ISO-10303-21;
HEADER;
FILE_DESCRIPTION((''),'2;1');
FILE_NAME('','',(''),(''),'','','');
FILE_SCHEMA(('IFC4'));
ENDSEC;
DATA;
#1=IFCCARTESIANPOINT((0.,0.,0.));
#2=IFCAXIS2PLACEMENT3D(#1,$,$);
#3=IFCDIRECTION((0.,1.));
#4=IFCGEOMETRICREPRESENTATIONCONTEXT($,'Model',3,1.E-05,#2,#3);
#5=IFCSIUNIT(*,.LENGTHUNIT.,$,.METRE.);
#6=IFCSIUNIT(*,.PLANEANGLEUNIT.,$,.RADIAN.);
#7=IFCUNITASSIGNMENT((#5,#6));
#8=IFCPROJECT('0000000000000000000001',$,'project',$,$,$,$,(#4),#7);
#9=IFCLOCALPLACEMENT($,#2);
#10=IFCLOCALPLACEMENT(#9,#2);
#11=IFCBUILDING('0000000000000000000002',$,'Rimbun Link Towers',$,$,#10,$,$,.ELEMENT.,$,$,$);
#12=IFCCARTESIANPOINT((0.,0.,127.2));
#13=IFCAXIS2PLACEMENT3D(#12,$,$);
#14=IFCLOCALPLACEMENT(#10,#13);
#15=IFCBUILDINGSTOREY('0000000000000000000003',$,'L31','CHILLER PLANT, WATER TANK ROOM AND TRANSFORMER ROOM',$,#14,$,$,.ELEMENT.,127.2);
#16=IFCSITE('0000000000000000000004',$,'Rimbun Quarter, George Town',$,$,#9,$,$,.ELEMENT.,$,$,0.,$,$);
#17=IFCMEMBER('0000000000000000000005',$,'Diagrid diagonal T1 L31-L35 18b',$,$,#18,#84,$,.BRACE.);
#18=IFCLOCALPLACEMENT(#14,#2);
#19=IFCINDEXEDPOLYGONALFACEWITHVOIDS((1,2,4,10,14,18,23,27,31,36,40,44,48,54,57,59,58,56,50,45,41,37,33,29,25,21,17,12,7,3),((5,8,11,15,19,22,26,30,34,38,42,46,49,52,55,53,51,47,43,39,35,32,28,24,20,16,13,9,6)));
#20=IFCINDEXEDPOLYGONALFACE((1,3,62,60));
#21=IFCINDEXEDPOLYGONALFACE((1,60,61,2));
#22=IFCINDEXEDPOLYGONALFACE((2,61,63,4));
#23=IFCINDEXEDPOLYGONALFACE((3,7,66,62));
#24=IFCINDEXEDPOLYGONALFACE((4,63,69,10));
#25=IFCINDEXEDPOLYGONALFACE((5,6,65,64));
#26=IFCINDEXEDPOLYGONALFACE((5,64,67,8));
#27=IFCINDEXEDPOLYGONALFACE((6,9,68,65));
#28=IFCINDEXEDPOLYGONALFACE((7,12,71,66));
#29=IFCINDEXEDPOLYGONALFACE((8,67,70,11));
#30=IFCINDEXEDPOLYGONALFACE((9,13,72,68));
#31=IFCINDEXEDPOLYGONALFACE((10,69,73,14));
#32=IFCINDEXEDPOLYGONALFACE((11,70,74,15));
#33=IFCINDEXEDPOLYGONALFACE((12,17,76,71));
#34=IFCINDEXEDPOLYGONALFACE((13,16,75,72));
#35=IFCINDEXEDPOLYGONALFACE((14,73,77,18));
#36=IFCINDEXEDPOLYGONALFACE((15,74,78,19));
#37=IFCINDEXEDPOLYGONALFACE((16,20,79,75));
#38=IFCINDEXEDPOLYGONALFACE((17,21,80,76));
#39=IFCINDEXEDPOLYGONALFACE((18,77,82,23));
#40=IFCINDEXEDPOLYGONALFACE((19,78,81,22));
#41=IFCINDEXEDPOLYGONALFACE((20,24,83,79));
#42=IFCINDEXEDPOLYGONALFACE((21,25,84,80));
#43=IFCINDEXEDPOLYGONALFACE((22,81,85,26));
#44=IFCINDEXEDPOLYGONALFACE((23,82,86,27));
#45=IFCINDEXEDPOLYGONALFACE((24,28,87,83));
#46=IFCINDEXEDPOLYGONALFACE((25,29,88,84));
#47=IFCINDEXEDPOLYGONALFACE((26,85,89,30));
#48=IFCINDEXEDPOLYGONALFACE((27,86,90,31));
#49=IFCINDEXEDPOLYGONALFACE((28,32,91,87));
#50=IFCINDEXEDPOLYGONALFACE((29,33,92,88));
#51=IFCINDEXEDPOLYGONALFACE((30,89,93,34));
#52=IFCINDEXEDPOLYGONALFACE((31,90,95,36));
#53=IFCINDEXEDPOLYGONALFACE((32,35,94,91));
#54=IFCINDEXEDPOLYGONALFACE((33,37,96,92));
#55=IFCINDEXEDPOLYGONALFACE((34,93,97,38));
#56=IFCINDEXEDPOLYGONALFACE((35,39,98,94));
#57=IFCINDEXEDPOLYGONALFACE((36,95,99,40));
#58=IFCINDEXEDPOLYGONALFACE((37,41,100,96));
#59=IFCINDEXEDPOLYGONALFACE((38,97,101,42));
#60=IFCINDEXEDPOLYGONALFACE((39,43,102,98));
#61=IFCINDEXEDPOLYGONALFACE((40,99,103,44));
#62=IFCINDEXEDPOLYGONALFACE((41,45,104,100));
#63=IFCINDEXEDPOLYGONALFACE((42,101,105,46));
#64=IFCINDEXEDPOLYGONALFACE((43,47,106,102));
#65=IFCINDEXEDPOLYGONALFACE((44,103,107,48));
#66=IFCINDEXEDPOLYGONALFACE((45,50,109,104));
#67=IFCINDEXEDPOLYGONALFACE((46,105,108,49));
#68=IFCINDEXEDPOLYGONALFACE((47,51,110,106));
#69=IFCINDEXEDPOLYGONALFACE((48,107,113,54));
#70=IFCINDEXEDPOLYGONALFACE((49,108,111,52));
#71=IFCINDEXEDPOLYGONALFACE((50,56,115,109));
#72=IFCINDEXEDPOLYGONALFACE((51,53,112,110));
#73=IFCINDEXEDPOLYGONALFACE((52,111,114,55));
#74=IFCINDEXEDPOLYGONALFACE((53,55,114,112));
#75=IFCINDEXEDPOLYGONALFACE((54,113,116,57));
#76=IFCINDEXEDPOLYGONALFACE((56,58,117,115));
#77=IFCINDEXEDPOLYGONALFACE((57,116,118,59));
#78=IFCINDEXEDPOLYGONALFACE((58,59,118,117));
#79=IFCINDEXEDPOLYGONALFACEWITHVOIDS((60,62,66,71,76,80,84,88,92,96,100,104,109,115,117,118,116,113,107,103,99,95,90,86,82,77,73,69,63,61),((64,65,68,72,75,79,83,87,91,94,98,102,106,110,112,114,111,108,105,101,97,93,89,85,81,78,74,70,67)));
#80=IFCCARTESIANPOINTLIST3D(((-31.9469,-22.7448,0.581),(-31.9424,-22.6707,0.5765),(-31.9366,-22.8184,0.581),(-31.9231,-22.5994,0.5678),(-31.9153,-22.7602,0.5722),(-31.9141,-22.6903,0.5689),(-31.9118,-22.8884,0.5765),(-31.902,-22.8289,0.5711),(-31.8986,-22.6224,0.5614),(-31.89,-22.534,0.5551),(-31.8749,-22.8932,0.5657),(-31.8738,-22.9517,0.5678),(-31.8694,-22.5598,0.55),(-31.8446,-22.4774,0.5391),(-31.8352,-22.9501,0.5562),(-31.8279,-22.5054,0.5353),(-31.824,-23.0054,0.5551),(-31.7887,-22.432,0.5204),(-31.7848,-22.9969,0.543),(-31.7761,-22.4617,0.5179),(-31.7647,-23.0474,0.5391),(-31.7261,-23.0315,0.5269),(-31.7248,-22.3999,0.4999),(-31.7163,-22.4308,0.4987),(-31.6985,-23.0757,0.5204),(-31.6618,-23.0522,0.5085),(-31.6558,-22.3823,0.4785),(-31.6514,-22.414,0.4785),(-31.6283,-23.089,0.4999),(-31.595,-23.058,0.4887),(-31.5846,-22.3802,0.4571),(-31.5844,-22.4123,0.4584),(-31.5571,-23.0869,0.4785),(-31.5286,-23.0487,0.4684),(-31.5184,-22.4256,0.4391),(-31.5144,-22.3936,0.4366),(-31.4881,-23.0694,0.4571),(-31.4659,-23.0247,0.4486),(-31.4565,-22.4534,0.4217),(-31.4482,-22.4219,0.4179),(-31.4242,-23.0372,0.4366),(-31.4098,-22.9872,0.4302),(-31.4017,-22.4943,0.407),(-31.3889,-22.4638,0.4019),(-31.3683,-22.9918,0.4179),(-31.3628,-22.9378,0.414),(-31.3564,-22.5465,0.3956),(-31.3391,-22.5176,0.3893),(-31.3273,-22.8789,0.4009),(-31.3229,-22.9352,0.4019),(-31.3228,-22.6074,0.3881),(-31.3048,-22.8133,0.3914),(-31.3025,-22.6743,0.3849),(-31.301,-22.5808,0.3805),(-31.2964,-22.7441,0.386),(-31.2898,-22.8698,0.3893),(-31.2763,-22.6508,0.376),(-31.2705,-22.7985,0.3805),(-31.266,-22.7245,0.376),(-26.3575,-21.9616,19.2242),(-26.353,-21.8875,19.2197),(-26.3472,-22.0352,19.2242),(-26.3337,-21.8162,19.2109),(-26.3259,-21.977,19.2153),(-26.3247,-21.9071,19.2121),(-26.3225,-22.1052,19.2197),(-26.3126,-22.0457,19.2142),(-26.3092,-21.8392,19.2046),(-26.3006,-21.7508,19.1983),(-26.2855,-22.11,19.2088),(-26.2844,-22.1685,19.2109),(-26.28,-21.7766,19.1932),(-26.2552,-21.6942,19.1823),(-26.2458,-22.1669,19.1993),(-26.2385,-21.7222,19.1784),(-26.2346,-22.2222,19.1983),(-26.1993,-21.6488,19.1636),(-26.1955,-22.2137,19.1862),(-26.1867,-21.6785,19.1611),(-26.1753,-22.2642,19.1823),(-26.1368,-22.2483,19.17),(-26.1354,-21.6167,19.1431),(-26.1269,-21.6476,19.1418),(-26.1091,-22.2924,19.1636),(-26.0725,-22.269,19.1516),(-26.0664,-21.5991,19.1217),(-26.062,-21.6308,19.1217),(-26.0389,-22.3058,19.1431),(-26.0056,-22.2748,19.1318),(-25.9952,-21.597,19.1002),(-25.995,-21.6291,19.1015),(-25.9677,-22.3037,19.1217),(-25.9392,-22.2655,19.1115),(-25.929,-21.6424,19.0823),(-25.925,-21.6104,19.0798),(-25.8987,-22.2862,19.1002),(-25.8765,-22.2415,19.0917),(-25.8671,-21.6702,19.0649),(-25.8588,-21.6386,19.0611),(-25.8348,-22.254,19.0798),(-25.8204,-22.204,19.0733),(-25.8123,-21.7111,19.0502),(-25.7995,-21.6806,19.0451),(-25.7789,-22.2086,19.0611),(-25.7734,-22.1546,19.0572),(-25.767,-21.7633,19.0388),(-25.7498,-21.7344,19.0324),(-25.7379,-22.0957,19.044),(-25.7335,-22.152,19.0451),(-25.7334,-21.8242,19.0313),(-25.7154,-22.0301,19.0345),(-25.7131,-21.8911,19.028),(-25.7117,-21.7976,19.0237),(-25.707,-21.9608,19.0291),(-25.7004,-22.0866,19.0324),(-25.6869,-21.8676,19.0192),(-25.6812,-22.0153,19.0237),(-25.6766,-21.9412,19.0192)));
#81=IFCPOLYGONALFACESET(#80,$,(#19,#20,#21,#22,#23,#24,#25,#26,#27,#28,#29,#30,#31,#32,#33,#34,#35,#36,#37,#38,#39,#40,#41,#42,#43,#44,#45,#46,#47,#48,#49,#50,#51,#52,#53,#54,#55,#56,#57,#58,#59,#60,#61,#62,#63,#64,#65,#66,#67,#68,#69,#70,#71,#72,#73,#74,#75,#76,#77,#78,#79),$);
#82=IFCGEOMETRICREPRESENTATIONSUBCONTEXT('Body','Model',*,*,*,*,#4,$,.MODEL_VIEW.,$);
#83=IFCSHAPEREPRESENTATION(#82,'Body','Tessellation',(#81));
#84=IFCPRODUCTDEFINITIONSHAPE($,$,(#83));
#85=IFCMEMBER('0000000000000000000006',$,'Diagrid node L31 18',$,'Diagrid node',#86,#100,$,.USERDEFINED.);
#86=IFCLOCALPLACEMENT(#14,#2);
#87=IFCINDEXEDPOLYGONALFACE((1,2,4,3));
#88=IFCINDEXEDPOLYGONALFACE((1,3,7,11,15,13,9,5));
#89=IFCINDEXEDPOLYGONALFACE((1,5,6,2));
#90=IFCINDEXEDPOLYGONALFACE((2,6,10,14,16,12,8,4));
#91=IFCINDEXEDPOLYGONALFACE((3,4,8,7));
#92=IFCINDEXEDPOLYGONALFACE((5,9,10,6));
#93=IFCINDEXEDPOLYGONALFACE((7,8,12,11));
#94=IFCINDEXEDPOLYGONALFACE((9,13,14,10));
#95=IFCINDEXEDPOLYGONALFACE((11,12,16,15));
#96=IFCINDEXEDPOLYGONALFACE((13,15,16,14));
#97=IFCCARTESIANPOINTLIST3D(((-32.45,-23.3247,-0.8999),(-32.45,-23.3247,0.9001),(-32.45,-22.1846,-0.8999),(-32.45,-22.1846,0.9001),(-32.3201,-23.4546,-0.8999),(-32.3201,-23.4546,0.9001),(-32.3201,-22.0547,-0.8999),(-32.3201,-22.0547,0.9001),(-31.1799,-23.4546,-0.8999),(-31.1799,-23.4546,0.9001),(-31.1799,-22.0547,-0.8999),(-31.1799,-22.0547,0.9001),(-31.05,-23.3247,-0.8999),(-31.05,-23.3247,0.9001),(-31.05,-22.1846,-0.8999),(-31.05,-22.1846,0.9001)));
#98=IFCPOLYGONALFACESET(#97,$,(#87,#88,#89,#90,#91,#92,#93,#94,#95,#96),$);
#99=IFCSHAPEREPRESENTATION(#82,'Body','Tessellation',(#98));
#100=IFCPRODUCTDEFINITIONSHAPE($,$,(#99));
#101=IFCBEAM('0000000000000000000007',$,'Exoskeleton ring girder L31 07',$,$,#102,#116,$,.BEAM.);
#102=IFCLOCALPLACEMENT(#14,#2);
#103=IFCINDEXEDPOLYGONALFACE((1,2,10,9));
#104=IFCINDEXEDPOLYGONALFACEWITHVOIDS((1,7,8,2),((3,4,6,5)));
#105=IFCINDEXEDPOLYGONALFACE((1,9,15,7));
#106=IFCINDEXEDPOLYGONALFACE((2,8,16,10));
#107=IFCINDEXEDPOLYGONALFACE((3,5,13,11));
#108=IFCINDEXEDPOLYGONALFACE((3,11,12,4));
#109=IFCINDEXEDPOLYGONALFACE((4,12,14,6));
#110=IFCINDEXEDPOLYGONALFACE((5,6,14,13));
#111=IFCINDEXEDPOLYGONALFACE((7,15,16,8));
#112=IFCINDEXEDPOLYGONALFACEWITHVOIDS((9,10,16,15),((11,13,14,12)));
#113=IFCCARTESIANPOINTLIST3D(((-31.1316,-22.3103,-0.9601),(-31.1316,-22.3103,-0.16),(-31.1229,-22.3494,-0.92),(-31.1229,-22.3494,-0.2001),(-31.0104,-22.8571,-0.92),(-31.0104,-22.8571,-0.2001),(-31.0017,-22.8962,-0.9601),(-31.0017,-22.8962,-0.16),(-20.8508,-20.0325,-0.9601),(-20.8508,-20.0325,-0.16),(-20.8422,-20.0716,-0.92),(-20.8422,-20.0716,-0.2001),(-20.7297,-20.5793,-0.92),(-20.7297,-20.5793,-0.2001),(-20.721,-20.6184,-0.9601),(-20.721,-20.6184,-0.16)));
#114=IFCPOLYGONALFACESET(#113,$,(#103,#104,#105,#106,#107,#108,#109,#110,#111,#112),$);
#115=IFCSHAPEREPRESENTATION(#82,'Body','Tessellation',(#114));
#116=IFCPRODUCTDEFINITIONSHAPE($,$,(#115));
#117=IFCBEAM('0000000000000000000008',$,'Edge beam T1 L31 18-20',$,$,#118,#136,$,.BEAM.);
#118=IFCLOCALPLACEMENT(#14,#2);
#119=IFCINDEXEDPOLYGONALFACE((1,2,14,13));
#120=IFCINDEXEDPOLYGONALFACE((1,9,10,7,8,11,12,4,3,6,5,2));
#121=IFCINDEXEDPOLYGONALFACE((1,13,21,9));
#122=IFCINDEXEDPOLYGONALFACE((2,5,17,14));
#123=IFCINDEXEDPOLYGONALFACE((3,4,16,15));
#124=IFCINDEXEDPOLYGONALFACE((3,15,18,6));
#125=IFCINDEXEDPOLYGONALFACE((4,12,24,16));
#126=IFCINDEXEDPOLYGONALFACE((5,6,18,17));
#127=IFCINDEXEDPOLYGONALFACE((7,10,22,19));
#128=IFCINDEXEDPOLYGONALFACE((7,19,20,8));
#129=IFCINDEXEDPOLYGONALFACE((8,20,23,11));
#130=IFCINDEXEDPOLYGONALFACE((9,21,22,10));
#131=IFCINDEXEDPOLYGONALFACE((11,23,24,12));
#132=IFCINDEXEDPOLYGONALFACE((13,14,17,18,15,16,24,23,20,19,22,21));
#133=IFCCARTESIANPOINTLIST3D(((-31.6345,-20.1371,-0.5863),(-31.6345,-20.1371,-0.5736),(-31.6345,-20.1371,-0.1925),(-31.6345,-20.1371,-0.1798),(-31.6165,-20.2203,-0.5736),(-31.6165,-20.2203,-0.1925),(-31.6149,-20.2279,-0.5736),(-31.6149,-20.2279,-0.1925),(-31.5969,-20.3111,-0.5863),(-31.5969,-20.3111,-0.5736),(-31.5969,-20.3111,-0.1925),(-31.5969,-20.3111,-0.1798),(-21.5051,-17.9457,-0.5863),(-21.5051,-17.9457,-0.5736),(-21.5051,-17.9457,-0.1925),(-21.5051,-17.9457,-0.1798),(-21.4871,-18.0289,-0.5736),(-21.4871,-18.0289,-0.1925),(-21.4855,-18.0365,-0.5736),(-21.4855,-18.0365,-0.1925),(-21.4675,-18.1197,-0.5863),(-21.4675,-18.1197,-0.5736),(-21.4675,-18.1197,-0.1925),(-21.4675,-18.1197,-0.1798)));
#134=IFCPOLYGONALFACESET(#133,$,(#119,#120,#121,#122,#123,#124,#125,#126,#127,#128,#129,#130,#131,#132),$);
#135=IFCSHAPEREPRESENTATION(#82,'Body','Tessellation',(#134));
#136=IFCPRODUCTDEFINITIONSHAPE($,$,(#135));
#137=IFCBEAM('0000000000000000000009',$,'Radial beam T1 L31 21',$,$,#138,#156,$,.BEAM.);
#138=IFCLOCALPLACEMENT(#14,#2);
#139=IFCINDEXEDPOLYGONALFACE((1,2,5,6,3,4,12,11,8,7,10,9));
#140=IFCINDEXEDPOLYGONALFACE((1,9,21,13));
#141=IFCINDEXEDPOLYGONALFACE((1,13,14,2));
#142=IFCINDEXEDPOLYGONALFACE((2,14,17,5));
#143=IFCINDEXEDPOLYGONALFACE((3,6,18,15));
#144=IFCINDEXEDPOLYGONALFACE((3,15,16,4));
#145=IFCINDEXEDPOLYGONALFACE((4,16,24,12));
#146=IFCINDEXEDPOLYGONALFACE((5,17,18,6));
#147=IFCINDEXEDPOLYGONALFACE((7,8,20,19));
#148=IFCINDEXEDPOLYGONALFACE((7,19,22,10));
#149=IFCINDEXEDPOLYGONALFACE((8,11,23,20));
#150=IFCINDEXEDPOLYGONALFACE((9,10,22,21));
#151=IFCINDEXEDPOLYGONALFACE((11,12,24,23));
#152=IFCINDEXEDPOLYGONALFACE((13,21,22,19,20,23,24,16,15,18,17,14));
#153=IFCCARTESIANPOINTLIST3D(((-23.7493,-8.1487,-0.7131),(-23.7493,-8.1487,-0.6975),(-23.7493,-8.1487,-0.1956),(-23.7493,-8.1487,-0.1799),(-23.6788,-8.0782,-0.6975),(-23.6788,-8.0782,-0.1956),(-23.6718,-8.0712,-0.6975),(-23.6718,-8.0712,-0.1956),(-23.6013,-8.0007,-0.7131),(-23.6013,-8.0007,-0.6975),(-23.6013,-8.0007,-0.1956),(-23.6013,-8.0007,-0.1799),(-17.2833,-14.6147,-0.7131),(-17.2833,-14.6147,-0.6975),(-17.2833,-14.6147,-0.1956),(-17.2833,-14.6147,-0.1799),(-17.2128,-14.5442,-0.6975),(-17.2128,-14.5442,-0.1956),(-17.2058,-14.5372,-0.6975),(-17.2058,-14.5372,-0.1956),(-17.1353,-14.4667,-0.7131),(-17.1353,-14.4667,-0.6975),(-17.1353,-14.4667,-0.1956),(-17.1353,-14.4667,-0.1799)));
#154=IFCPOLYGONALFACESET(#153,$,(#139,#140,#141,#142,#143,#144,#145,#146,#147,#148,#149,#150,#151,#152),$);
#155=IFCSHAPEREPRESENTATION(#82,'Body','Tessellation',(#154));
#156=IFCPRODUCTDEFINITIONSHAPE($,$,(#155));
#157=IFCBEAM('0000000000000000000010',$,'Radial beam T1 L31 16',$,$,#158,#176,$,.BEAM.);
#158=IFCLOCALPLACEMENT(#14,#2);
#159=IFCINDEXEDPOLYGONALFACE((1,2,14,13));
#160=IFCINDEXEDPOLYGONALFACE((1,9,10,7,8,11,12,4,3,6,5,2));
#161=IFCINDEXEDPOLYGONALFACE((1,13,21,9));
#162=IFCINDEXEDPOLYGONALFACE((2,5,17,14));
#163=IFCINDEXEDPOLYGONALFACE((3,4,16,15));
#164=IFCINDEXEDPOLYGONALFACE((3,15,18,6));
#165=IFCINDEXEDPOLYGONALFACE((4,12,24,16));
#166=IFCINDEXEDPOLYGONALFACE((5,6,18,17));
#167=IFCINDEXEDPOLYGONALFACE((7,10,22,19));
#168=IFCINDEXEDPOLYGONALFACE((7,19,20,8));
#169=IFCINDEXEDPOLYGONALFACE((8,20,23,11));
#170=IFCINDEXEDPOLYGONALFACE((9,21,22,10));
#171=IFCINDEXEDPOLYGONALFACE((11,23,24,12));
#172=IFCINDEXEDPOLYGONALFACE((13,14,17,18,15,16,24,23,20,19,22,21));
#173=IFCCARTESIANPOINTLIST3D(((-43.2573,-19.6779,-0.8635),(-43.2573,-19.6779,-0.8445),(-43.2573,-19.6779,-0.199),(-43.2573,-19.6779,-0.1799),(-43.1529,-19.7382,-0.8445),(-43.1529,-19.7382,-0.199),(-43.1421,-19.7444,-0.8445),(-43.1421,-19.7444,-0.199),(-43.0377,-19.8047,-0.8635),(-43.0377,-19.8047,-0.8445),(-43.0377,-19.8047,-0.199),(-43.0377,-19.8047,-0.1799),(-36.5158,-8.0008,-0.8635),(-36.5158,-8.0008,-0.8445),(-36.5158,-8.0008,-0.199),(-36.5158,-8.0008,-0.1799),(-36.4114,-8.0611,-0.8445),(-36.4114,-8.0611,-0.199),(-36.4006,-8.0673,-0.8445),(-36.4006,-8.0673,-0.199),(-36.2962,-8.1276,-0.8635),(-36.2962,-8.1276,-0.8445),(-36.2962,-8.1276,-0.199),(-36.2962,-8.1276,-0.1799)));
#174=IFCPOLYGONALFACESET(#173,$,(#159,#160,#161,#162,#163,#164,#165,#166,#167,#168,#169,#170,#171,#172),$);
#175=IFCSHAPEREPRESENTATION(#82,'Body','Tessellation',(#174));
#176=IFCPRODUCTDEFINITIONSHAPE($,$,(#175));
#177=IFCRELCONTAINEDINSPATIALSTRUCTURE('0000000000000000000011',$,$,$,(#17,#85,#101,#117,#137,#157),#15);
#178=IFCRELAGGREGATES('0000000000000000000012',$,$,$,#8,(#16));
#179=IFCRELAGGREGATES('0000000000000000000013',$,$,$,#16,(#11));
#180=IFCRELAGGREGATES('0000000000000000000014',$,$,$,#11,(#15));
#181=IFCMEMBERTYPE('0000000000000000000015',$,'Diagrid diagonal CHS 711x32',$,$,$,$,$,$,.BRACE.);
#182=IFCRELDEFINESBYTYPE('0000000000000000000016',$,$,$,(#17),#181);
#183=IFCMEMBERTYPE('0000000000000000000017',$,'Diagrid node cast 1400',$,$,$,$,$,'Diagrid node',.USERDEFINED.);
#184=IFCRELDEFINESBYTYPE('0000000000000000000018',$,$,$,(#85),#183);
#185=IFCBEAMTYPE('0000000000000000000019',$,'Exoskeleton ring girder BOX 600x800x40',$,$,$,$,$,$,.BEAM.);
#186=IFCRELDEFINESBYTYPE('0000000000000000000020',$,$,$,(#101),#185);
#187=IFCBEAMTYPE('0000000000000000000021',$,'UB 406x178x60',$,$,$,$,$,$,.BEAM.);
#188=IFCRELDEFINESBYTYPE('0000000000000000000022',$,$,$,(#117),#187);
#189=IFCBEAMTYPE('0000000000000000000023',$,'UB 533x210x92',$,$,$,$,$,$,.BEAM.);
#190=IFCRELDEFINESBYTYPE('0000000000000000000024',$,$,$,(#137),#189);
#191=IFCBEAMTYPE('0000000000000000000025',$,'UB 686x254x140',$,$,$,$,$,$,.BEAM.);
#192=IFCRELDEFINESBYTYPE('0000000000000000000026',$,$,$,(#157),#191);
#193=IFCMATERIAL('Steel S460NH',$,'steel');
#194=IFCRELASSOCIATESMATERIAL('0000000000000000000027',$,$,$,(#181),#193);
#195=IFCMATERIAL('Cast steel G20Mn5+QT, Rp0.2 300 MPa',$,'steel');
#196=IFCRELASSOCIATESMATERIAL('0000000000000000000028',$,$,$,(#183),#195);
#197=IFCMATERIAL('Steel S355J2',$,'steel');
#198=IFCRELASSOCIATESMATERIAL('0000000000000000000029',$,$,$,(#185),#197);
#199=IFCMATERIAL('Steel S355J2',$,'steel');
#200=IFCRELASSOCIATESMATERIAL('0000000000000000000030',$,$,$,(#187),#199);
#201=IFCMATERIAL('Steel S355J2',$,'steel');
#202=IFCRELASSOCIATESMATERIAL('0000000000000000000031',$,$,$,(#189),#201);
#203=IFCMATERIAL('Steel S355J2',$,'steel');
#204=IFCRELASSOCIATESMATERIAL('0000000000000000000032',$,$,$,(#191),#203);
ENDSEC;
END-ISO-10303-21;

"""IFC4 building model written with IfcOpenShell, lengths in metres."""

from ifc_helpers import new_model, si_unit, direction, frame, origin, origin_2d, place, context, subcontext, project, spatial, polyline, hollow_rectangle, hollow_circle, i_section, outline, extrude, material, material_profile, profile_set, type_object, element, save


model = new_model("IFC4")

# Units and contexts
model_context = context("Model", 3, precision=1e-05, world=origin(), true_north=direction((0.0, 1.0)))
body_context = subcontext(model_context, "Body", "Model", "MODEL_VIEW")
ifc_project = project(units=[si_unit("LENGTHUNIT", "METRE"), si_unit("PLANEANGLEUNIT", "RADIAN")], contexts=[model_context])

# Site, building, storey
site_placement = place(None, origin())
site = spatial("IfcSite", under=ifc_project, at=site_placement, Name="Rimbun Quarter, George Town", CompositionType="ELEMENT", RefElevation=0.0)
building_placement = place(site_placement, origin())
building = spatial("IfcBuilding", under=site, at=building_placement, Name="Rimbun Link Towers", CompositionType="ELEMENT")
storey_placement = place(building_placement, frame((0.0, 0.0, 127.2)))
storey = spatial("IfcBuildingStorey", under=building, at=storey_placement, Name="L31", Description="CHILLER PLANT, WATER TANK ROOM AND TRANSFORMER ROOM", CompositionType="ELEMENT", Elevation=127.2)

# Members
ifc_material_1 = material(Name="Steel S460NH", Category="steel")
ifc_material_profile_1 = material_profile(ifc_material_1, hollow_circle(Radius=0.3557, WallThickness=0.032, at=origin_2d()), Name="Diagrid diagonal CHS 711x32")
ifc_profile_set_1 = profile_set([ifc_material_profile_1], Name="Steel S460NH")
member_type_1 = type_object("IfcMemberType", Name="Diagrid diagonal CHS 711x32", PredefinedType="BRACE", material=ifc_profile_set_1)
for number, where, z_axis, x_axis, name in (
    (1, (-31.6064, -22.7346, 0.4785), (0.286948, 0.040208, 0.957102), (-0.138768, 0.990325, 0.0), "Diagrid diagonal T1 L31-L35 18b"),
):
    element("IfcMember", number, at=place(storey_placement, frame(where, z_axis=z_axis, x_axis=x_axis)), inside=storey, type_object=member_type_1, Name=name, PredefinedType="BRACE", context=body_context, shape_type="SweptSolid", body=[
        extrude(hollow_circle(Radius=0.3557, WallThickness=0.032, at=origin_2d()), origin(), (0.0, 0.0, 1.0), 19.4788),
    ])
ifc_material_2 = material(Name="Cast steel G20Mn5+QT, Rp0.2 300 MPa", Category="steel")
ifc_material_profile_2 = material_profile(ifc_material_2, outline(polyline([(0.7, -0.5701), (0.7, 0.5701), (0.5701, 0.7), (-0.5701, 0.7), (-0.7, 0.5701), (-0.7, -0.5701), (-0.5701, -0.7), (0.5701, -0.7), (0.7, -0.5701)])), Name="NODE 1400x1400")
ifc_profile_set_2 = profile_set([ifc_material_profile_2], Name="Cast steel G20Mn5+QT, Rp0.2 300 MPa")
member_type_2 = type_object("IfcMemberType", Name="Diagrid node cast 1400", ElementType="Diagrid node", PredefinedType="USERDEFINED", material=ifc_profile_set_2)
member_1_placement = place(storey_placement, frame((-31.75, -22.7546, -0.8999), z_axis=(0.0, 0.0, 1.0), x_axis=(0.0, -1.0, 0.0)))
element("IfcMember", 2, at=member_1_placement, inside=storey, type_object=member_type_2, Name="Diagrid node L31 18", ObjectType="Diagrid node", PredefinedType="USERDEFINED", context=body_context, shape_type="SweptSolid", body=[
    extrude(outline(polyline([(0.7, -0.5701), (0.7, 0.5701), (0.5701, 0.7), (-0.5701, 0.7), (-0.7, 0.5701), (-0.7, -0.5701), (-0.5701, -0.7), (0.5701, -0.7), (0.7, -0.5701)])), origin(), (0.0, 0.0, 1.0), 1.8),
])

# Beams
ifc_material_3 = material(Name="Steel S355J2", Category="steel")
ifc_material_profile_3 = material_profile(ifc_material_3, hollow_rectangle(XDim=0.6001, YDim=0.8, WallThickness=0.04, at=origin_2d()), Name="Exoskeleton ring girder BOX 600x800x40")
ifc_profile_set_3 = profile_set([ifc_material_profile_3], Name="Steel S355J2")
beam_type_1 = type_object("IfcBeamType", Name="Exoskeleton ring girder BOX 600x800x40", PredefinedType="BEAM", material=ifc_profile_set_3)
beam_1_placement = place(storey_placement, frame((-31.0667, -22.6033, -0.5601), z_axis=(0.976323, 0.216317, 0.0), x_axis=(-0.216317, 0.976323, 0.0)))
element("IfcBeam", 3, at=beam_1_placement, inside=storey, type_object=beam_type_1, Name="Exoskeleton ring girder L31 07", PredefinedType="BEAM", context=body_context, shape_type="SweptSolid", body=[
    extrude(hollow_rectangle(XDim=0.6001, YDim=0.8, WallThickness=0.04, at=origin_2d()), origin(), (0.0, 0.0, 1.0), 10.53),
])
ifc_material_4 = material(Name="Steel S355J2", Category="steel")
ifc_material_profile_4 = material_profile(ifc_material_4, i_section(OverallWidth=0.178, OverallDepth=0.4065, WebThickness=0.0078, FlangeThickness=0.0127, at=origin_2d()), Name="UB 406x178x60")
ifc_profile_set_4 = profile_set([ifc_material_profile_4], Name="Steel S355J2")
beam_type_2 = type_object("IfcBeamType", Name="UB 406x178x60", PredefinedType="BEAM", material=ifc_profile_set_4)
beam_2_placement = place(storey_placement, frame((-31.6157, -20.2241, -0.3831), z_axis=(0.977389, 0.21145, 0.0), x_axis=(-0.21145, 0.977389, 0.0)))
element("IfcBeam", 4, at=beam_2_placement, inside=storey, type_object=beam_type_2, Name="Edge beam T1 L31 18-20", PredefinedType="BEAM", context=body_context, shape_type="SweptSolid", body=[
    extrude(i_section(OverallWidth=0.178, OverallDepth=0.4065, WebThickness=0.0078, FlangeThickness=0.0127, at=origin_2d()), origin(), (0.0, 0.0, 1.0), 10.3638),
])
ifc_material_5 = material(Name="Steel S355J2", Category="steel")
ifc_material_profile_5 = material_profile(ifc_material_5, i_section(OverallWidth=0.2092, OverallDepth=0.5332, WebThickness=0.01, FlangeThickness=0.0156, at=origin_2d()), Name="UB 533x210x92")
ifc_profile_set_5 = profile_set([ifc_material_profile_5], Name="Steel S355J2")
beam_type_3 = type_object("IfcBeamType", Name="UB 533x210x92", PredefinedType="BEAM", material=ifc_profile_set_5)
beam_3_placement = place(storey_placement, frame((-23.6753, -8.0747, -0.4465), z_axis=(0.707107, -0.707107, 0.0), x_axis=(0.707107, 0.707107, 0.0)))
element("IfcBeam", 5, at=beam_3_placement, inside=storey, type_object=beam_type_3, Name="Radial beam T1 L31 21", PredefinedType="BEAM", context=body_context, shape_type="SweptSolid", body=[
    extrude(i_section(OverallWidth=0.2092, OverallDepth=0.5332, WebThickness=0.01, FlangeThickness=0.0156, at=origin_2d()), origin(), (0.0, 0.0, 1.0), 9.1443),
])
ifc_material_6 = material(Name="Steel S355J2", Category="steel")
ifc_material_profile_6 = material_profile(ifc_material_6, i_section(OverallWidth=0.2537, OverallDepth=0.6836, WebThickness=0.0125, FlangeThickness=0.019, at=origin_2d()), Name="UB 686x254x140")
ifc_profile_set_6 = profile_set([ifc_material_profile_6], Name="Steel S355J2")
beam_type_4 = type_object("IfcBeamType", Name="UB 686x254x140", PredefinedType="BEAM", material=ifc_profile_set_6)
beam_4_placement = place(storey_placement, frame((-36.406, -8.0642, -0.5217), z_axis=(-0.499985, -0.866034, 0.0), x_axis=(0.866034, -0.499985, 0.0)))
element("IfcBeam", 6, at=beam_4_placement, inside=storey, type_object=beam_type_4, Name="Radial beam T1 L31 16", PredefinedType="BEAM", context=body_context, shape_type="SweptSolid", body=[
    extrude(i_section(OverallWidth=0.2537, OverallDepth=0.6836, WebThickness=0.0125, FlangeThickness=0.019, at=origin_2d()), origin(), (0.0, 0.0, 1.0), 13.4834),
])

save(model, "model.ifc")
